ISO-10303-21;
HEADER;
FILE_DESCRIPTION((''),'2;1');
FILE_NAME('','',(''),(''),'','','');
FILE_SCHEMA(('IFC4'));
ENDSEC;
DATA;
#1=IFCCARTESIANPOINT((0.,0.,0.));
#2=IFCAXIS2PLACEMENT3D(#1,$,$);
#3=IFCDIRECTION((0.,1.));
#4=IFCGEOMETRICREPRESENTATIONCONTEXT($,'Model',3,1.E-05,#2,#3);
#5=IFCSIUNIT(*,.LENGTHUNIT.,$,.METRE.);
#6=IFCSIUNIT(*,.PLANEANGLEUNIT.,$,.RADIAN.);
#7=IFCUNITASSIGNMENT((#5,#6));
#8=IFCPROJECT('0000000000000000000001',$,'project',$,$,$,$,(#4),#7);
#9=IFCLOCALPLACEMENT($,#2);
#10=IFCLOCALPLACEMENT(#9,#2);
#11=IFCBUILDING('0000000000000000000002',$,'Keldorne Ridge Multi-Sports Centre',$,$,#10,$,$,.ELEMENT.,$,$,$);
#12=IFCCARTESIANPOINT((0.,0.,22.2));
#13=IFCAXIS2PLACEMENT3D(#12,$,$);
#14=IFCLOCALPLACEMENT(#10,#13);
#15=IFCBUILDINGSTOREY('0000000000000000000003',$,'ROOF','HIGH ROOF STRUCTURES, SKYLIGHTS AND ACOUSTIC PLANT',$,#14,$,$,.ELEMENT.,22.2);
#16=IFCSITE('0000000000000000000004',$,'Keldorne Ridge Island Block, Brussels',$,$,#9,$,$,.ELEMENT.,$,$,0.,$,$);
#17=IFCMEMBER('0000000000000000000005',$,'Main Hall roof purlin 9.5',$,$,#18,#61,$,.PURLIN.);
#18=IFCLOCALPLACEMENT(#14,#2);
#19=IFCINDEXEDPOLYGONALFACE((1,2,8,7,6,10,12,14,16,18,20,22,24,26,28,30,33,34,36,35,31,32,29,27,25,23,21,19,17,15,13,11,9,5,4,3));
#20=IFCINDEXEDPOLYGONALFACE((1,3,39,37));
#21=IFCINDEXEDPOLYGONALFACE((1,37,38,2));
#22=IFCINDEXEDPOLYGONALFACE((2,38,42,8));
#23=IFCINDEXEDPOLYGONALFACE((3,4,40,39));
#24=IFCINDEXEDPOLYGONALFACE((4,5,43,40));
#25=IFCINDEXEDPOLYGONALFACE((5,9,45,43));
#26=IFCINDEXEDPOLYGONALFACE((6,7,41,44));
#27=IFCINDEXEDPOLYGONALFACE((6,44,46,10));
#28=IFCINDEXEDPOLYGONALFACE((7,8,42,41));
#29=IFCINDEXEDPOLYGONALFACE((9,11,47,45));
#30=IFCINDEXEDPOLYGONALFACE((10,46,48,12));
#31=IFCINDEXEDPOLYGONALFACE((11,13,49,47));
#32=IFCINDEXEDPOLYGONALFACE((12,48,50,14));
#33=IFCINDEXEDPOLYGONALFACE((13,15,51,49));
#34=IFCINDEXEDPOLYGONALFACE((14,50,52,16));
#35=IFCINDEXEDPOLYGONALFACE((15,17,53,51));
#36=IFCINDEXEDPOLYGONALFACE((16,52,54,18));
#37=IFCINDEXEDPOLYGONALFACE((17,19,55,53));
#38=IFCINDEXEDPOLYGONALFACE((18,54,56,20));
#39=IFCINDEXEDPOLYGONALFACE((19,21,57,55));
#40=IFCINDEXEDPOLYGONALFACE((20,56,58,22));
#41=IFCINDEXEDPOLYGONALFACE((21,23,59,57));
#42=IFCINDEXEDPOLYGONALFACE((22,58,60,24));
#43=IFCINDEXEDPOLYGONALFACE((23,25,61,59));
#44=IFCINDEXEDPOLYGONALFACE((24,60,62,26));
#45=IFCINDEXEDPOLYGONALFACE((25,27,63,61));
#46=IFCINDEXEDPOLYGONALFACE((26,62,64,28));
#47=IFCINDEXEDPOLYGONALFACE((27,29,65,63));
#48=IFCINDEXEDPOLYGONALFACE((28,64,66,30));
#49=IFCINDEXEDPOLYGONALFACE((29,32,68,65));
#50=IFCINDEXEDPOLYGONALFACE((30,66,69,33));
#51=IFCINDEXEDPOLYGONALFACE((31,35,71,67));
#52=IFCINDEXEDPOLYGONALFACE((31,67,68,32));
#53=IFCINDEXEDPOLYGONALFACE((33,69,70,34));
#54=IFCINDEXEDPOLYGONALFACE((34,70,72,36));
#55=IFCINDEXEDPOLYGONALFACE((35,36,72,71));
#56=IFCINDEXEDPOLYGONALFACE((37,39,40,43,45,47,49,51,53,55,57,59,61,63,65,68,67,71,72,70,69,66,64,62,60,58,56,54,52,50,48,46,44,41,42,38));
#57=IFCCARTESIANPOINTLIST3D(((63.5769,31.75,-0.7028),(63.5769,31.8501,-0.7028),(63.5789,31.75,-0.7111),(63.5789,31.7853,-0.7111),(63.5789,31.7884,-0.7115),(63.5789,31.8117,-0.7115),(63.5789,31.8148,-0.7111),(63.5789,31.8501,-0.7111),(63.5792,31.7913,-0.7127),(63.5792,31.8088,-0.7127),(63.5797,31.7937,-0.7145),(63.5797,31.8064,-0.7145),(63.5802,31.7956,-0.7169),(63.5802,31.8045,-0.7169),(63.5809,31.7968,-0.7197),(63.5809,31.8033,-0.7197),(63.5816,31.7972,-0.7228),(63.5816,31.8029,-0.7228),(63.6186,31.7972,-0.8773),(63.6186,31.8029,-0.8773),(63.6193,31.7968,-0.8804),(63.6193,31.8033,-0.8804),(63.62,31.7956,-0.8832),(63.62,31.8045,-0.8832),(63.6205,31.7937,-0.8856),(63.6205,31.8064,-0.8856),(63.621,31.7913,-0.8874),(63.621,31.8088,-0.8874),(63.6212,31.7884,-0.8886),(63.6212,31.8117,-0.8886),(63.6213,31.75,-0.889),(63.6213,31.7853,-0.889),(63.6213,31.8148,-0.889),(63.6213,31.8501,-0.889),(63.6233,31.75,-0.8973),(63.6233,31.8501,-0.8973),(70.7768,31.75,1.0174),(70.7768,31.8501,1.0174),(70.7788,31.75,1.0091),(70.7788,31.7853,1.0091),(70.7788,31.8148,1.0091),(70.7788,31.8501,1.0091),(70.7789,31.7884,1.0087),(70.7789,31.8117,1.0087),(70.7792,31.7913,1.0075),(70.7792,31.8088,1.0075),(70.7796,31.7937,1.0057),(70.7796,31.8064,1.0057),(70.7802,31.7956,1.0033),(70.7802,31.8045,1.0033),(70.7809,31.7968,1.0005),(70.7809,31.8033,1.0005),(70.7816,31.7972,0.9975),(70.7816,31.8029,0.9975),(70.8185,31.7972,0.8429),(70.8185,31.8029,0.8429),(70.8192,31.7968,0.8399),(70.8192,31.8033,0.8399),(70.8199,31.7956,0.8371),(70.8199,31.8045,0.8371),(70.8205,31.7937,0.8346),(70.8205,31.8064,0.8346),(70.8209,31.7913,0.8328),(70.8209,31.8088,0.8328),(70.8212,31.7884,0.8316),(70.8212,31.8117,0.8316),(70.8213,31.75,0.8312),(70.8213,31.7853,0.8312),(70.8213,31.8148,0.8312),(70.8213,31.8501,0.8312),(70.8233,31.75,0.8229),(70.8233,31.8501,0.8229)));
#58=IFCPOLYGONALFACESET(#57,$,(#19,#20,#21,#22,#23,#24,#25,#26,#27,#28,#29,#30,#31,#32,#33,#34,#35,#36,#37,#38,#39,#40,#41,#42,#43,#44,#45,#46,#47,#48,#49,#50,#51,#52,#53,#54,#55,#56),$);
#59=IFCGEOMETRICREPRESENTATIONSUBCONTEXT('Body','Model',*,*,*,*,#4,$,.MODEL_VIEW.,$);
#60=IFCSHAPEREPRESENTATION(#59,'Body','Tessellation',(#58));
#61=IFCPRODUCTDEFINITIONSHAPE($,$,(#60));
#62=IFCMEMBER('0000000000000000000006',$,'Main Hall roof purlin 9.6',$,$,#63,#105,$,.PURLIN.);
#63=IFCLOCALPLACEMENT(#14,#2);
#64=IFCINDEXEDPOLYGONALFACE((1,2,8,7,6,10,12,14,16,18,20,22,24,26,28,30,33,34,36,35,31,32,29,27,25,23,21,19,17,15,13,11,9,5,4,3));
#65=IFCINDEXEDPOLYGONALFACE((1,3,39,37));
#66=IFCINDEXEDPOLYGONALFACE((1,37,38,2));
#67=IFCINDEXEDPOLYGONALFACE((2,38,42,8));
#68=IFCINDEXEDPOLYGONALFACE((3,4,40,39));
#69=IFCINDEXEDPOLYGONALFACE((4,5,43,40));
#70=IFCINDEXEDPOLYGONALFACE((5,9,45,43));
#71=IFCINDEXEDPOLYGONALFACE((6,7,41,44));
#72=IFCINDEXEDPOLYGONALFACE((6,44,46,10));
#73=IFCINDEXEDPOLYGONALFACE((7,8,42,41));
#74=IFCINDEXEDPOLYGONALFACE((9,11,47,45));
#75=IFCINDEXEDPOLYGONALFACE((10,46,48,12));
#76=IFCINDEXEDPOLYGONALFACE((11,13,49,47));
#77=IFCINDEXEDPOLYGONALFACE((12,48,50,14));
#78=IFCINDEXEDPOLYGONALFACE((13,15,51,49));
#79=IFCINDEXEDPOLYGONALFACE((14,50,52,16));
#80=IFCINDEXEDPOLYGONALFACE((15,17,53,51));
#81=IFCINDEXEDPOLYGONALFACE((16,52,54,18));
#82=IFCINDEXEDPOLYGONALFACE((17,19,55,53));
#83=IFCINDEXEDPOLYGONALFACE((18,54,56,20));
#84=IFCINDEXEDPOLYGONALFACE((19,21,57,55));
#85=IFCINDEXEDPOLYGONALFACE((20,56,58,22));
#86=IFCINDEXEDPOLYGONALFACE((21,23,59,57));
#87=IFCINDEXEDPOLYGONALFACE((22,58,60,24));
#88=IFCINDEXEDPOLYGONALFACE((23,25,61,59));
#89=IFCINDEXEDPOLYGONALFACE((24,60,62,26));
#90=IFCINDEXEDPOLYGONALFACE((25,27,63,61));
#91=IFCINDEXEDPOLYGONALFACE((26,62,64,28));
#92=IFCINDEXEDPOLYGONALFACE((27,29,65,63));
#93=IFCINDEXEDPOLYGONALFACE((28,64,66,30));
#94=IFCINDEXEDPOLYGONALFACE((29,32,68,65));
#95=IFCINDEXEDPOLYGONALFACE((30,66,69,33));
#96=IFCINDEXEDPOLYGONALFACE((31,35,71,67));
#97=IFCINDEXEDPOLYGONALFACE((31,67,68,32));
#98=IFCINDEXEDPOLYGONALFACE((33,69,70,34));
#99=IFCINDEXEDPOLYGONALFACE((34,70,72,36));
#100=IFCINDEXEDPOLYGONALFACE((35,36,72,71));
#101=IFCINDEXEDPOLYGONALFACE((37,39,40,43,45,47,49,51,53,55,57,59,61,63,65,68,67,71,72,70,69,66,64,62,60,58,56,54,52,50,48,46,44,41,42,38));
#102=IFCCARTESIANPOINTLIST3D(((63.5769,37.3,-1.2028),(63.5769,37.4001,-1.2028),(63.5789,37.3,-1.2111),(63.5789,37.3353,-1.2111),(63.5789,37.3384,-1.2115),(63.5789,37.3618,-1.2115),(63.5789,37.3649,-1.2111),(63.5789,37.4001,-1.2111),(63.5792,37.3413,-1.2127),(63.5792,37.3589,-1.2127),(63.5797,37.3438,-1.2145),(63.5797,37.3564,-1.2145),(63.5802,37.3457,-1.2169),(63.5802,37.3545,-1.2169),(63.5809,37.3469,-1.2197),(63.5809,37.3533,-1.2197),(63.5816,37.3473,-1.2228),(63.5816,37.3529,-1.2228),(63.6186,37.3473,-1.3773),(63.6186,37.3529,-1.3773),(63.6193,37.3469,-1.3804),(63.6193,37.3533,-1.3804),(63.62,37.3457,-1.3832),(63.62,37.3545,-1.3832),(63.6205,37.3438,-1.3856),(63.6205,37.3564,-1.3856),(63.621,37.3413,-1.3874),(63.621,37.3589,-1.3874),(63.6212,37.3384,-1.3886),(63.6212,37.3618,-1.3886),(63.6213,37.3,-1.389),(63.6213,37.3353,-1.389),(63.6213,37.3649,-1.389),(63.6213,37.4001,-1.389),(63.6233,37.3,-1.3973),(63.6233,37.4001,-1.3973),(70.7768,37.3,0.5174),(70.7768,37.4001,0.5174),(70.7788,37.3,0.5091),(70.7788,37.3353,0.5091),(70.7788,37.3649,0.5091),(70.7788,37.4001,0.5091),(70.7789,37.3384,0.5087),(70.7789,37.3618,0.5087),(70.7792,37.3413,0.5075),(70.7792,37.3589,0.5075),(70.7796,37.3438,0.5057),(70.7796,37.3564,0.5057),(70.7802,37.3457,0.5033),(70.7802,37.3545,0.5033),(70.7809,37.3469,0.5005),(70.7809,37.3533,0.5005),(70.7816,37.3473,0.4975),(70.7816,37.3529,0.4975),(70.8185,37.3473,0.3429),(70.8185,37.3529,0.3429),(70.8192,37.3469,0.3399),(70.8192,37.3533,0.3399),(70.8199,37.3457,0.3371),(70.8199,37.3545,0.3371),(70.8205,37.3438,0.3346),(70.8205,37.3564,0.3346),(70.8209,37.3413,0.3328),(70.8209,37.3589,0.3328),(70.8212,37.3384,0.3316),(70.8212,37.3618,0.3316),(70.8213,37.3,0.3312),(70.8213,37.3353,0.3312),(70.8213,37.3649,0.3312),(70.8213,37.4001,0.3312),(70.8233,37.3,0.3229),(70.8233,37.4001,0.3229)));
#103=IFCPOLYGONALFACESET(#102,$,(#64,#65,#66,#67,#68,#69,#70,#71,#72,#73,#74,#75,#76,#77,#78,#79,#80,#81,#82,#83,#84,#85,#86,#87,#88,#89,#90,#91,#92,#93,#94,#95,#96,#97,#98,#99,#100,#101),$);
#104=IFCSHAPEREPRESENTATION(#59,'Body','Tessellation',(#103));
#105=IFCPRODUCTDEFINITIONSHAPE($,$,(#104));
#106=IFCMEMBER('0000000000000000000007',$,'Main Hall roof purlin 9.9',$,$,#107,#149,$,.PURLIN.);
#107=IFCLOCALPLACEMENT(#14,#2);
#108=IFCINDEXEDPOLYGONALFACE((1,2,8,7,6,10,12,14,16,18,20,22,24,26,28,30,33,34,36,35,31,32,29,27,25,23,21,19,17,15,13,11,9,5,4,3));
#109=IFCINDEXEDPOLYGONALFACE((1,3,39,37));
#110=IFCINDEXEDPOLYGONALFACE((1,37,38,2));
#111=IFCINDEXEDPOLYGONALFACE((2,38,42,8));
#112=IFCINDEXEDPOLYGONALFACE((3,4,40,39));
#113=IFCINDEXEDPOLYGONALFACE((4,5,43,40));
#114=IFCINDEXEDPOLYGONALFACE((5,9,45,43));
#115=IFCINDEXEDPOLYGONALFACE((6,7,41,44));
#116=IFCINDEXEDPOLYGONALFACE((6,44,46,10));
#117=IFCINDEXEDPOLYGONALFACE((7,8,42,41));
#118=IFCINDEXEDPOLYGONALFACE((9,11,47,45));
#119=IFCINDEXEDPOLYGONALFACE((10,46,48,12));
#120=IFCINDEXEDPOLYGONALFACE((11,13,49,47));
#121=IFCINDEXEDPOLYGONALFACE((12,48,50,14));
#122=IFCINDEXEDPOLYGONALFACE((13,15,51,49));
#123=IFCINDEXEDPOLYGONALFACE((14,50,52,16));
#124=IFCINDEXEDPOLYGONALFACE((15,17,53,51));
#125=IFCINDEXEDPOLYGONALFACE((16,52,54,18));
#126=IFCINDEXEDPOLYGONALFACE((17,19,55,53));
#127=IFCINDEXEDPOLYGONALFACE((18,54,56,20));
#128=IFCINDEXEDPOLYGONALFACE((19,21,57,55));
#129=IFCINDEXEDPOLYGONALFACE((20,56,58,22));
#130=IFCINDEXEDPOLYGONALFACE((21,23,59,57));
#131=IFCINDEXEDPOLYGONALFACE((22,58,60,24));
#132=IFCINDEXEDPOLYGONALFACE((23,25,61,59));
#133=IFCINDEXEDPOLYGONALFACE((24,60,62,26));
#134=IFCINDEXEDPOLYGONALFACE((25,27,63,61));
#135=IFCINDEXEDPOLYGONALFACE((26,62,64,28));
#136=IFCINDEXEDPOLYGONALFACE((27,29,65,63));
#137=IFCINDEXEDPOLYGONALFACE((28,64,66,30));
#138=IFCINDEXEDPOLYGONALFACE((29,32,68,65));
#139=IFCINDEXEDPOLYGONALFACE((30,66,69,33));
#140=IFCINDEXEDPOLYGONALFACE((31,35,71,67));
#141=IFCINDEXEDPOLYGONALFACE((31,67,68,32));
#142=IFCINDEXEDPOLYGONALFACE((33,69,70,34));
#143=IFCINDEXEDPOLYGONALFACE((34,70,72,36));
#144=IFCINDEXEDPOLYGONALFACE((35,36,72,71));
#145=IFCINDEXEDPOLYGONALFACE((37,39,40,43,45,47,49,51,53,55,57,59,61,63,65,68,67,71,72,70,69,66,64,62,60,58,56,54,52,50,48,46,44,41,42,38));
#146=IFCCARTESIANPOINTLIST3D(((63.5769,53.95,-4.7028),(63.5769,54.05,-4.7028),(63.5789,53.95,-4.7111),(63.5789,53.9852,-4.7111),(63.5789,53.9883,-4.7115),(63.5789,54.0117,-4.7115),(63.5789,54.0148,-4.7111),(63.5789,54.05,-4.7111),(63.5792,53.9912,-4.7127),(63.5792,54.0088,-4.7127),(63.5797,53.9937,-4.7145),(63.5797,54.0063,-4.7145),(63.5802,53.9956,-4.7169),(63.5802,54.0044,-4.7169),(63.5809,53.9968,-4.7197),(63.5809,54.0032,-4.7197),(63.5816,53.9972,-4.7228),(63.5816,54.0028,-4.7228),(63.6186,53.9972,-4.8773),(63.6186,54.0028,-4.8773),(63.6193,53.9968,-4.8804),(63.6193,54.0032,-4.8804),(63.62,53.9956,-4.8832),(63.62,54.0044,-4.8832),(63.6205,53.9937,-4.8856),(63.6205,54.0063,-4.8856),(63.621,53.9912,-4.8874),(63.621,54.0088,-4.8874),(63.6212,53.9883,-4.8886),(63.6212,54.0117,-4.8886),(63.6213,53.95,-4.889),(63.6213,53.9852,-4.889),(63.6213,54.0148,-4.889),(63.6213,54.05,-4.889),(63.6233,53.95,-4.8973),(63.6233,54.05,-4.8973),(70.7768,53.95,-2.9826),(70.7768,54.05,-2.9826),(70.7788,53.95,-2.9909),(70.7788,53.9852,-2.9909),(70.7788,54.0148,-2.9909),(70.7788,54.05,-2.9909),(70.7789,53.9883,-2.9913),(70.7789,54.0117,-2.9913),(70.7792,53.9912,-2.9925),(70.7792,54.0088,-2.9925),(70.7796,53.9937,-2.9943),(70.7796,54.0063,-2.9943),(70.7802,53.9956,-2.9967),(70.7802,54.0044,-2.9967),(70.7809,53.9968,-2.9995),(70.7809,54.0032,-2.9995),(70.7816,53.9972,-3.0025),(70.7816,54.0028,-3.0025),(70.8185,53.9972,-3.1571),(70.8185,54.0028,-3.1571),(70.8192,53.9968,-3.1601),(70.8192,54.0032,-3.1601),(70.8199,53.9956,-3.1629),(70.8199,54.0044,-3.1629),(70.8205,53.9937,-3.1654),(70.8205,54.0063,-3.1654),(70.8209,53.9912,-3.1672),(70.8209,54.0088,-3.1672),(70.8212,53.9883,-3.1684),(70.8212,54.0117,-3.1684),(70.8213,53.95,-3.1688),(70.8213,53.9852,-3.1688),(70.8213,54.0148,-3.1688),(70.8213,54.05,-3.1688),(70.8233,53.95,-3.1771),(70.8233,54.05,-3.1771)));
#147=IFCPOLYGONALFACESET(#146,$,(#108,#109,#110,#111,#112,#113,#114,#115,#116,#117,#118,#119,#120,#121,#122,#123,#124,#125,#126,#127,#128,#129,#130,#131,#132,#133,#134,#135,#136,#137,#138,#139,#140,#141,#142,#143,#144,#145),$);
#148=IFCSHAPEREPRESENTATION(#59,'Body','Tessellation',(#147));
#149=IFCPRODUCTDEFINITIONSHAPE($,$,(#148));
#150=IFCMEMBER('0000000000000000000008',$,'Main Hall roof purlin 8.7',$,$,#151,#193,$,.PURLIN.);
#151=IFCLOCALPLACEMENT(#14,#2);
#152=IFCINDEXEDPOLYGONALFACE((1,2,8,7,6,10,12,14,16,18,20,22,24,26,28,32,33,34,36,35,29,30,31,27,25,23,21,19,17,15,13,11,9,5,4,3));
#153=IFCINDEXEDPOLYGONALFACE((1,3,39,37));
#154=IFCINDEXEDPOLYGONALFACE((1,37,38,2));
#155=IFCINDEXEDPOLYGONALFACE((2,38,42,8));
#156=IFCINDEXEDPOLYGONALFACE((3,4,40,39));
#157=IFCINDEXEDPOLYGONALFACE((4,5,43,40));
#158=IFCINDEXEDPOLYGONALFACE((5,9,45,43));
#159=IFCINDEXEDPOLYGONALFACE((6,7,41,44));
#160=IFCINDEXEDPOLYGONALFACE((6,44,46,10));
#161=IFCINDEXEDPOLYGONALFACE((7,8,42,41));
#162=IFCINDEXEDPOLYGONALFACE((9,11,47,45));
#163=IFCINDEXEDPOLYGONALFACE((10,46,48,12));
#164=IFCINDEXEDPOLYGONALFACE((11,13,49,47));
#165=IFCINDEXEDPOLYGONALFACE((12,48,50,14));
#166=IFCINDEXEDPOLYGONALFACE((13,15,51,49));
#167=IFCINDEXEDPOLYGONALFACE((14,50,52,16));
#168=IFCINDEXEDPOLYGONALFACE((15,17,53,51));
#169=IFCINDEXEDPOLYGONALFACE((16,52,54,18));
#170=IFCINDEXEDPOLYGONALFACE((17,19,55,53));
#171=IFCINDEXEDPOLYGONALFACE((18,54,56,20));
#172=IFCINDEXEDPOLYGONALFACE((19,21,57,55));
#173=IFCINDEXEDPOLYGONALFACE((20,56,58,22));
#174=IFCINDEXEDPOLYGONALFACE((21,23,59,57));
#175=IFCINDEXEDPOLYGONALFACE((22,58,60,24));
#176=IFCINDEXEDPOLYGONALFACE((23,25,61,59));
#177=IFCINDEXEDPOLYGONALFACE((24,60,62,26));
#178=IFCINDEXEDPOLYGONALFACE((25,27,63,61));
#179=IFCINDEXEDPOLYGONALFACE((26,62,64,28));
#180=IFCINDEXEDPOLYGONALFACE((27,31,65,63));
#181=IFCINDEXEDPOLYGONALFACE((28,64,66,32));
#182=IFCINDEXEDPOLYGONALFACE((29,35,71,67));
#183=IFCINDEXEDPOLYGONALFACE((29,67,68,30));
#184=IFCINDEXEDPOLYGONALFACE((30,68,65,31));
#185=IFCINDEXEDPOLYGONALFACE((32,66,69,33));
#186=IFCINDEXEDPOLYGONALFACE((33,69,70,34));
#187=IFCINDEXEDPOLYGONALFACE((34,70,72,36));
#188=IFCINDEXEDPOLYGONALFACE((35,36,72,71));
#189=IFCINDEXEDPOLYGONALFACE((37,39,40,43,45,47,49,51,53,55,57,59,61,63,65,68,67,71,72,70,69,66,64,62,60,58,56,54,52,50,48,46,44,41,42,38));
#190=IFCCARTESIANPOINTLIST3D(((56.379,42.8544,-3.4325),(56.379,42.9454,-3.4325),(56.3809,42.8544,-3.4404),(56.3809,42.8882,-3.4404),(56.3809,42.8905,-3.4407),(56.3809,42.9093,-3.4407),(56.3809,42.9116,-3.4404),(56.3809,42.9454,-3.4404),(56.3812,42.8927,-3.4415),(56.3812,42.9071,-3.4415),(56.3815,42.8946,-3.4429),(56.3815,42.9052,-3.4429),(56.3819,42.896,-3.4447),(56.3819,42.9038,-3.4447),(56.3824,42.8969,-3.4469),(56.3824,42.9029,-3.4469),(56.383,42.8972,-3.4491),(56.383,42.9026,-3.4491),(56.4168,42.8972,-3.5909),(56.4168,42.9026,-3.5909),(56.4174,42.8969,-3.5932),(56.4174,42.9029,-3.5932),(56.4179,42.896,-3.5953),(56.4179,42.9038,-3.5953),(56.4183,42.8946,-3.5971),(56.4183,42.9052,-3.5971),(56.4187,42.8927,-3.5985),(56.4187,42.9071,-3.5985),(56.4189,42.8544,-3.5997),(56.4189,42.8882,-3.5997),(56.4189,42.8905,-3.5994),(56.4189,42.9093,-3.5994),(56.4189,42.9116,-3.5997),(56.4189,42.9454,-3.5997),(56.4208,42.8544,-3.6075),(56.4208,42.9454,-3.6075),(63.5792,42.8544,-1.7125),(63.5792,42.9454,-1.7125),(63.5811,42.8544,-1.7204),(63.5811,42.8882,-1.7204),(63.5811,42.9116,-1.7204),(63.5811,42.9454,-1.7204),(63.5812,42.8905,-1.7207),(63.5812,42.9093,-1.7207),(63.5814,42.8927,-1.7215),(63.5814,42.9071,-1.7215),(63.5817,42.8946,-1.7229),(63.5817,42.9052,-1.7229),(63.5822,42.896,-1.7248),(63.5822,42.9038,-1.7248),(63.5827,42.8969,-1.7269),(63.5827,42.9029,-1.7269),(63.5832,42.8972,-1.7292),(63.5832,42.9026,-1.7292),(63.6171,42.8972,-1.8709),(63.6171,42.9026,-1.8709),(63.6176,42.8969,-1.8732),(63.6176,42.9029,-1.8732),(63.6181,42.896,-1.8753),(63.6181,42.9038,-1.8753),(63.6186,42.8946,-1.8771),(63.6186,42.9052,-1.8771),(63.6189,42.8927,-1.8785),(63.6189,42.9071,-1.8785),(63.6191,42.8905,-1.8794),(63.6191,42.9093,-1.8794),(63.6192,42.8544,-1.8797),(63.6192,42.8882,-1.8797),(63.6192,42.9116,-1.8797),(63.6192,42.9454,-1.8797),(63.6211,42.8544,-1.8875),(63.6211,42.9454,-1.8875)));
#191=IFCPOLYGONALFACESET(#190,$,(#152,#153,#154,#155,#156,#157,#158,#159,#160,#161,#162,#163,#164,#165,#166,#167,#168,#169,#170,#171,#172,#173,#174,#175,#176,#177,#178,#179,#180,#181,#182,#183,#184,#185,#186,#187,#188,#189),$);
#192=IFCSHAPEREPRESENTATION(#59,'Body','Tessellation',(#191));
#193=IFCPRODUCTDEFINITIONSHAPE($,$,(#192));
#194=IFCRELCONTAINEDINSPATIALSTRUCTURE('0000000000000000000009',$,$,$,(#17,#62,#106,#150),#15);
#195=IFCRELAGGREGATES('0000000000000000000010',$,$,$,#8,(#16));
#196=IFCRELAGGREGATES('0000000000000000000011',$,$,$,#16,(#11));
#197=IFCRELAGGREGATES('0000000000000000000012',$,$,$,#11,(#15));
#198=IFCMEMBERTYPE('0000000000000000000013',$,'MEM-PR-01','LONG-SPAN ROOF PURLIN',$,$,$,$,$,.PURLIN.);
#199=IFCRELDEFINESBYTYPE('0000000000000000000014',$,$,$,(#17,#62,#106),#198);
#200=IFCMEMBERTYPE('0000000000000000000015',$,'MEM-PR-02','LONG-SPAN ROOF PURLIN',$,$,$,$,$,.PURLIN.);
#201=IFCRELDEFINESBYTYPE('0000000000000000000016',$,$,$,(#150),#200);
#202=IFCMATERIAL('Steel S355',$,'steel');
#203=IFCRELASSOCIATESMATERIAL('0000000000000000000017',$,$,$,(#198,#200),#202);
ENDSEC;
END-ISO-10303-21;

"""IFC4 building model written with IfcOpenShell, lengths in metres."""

from ifc_helpers import new_model, si_unit, direction, frame, origin, origin_2d, place, context, subcontext, project, spatial, i_section, extrude, material, material_profile, profile_set, type_object, element, save


model = new_model("IFC4")

# Units and contexts
model_context = context("Model", 3, precision=1e-05, world=origin(), true_north=direction((0.0, 1.0)))
body_context = subcontext(model_context, "Body", "Model", "MODEL_VIEW")
ifc_project = project(units=[si_unit("LENGTHUNIT", "METRE"), si_unit("PLANEANGLEUNIT", "RADIAN")], contexts=[model_context])

# Site, building, storey
site_placement = place(None, origin())
site = spatial("IfcSite", under=ifc_project, at=site_placement, Name="Keldorne Ridge Island Block, Brussels", CompositionType="ELEMENT", RefElevation=0.0)
building_placement = place(site_placement, origin())
building = spatial("IfcBuilding", under=site, at=building_placement, Name="Keldorne Ridge Multi-Sports Centre", CompositionType="ELEMENT")
storey_placement = place(building_placement, frame((0.0, 0.0, 22.2)))
storey = spatial("IfcBuildingStorey", under=building, at=storey_placement, Name="ROOF", Description="HIGH ROOF STRUCTURES, SKYLIGHTS AND ACOUSTIC PLANT", CompositionType="ELEMENT", Elevation=22.2)

# Members
ifc_material = material(Name="Steel S355", Category="steel")
ifc_material_profile_1 = material_profile(ifc_material, i_section(OverallWidth=0.1001, OverallDepth=0.2, WebThickness=0.0056, FlangeThickness=0.0085, FilletRadius=0.012, at=origin_2d()), Name="IPE 200")
ifc_profile_set_1 = profile_set([ifc_material_profile_1], Name="Steel S355")
member_type_1 = type_object("IfcMemberType", Name="MEM-PR-01", Description="LONG-SPAN ROOF PURLIN", PredefinedType="PURLIN", material=ifc_profile_set_1)
for number, where, z_axis, x_axis, name in (
    (1, (63.6001, 31.8, -0.8), (0.972625, 0.0, 0.23238), (0.0, 1.0, 0.0), "Main Hall roof purlin 9.5"),
    (2, (63.6001, 37.3501, -1.3), (0.972625, 0.0, 0.23238), (0.0, 1.0, 0.0), "Main Hall roof purlin 9.6"),
    (3, (63.6001, 54.0, -4.8), (0.972625, 0.0, 0.23238), (0.0, 1.0, 0.0), "Main Hall roof purlin 9.9"),
):
    element("IfcMember", number, at=place(storey_placement, frame(where, z_axis=z_axis, x_axis=x_axis)), inside=storey, type_object=member_type_1, Name=name, PredefinedType="PURLIN", context=body_context, shape_type="SweptSolid", body=[
        extrude(i_section(OverallWidth=0.1001, OverallDepth=0.2, WebThickness=0.0056, FlangeThickness=0.0085, FilletRadius=0.012, at=origin_2d()), origin(), (0.0, 0.0, 1.0), 7.4026),
    ])
ifc_material_profile_2 = material_profile(ifc_material, i_section(OverallWidth=0.0911, OverallDepth=0.1799, WebThickness=0.0054, FlangeThickness=0.0081, FilletRadius=0.009, at=origin_2d()), Name="IPE 180")
ifc_profile_set_2 = profile_set([ifc_material_profile_2], Name="Steel S355")
member_type_2 = type_object("IfcMemberType", Name="MEM-PR-02", Description="LONG-SPAN ROOF PURLIN", PredefinedType="PURLIN", material=ifc_profile_set_2)
member_1_placement = place(storey_placement, frame((56.3999, 42.8999, -3.52), z_axis=(0.972634, 0.0, 0.232341), x_axis=(0.0, 1.0, 0.0)))
element("IfcMember", 4, at=member_1_placement, inside=storey, type_object=member_type_2, Name="Main Hall roof purlin 8.7", PredefinedType="PURLIN", context=body_context, shape_type="SweptSolid", body=[
    extrude(i_section(OverallWidth=0.0911, OverallDepth=0.1799, WebThickness=0.0054, FlangeThickness=0.0081, FilletRadius=0.009, at=origin_2d()), origin(), (0.0, 0.0, 1.0), 7.4028),
])

save(model, "model.ifc")
